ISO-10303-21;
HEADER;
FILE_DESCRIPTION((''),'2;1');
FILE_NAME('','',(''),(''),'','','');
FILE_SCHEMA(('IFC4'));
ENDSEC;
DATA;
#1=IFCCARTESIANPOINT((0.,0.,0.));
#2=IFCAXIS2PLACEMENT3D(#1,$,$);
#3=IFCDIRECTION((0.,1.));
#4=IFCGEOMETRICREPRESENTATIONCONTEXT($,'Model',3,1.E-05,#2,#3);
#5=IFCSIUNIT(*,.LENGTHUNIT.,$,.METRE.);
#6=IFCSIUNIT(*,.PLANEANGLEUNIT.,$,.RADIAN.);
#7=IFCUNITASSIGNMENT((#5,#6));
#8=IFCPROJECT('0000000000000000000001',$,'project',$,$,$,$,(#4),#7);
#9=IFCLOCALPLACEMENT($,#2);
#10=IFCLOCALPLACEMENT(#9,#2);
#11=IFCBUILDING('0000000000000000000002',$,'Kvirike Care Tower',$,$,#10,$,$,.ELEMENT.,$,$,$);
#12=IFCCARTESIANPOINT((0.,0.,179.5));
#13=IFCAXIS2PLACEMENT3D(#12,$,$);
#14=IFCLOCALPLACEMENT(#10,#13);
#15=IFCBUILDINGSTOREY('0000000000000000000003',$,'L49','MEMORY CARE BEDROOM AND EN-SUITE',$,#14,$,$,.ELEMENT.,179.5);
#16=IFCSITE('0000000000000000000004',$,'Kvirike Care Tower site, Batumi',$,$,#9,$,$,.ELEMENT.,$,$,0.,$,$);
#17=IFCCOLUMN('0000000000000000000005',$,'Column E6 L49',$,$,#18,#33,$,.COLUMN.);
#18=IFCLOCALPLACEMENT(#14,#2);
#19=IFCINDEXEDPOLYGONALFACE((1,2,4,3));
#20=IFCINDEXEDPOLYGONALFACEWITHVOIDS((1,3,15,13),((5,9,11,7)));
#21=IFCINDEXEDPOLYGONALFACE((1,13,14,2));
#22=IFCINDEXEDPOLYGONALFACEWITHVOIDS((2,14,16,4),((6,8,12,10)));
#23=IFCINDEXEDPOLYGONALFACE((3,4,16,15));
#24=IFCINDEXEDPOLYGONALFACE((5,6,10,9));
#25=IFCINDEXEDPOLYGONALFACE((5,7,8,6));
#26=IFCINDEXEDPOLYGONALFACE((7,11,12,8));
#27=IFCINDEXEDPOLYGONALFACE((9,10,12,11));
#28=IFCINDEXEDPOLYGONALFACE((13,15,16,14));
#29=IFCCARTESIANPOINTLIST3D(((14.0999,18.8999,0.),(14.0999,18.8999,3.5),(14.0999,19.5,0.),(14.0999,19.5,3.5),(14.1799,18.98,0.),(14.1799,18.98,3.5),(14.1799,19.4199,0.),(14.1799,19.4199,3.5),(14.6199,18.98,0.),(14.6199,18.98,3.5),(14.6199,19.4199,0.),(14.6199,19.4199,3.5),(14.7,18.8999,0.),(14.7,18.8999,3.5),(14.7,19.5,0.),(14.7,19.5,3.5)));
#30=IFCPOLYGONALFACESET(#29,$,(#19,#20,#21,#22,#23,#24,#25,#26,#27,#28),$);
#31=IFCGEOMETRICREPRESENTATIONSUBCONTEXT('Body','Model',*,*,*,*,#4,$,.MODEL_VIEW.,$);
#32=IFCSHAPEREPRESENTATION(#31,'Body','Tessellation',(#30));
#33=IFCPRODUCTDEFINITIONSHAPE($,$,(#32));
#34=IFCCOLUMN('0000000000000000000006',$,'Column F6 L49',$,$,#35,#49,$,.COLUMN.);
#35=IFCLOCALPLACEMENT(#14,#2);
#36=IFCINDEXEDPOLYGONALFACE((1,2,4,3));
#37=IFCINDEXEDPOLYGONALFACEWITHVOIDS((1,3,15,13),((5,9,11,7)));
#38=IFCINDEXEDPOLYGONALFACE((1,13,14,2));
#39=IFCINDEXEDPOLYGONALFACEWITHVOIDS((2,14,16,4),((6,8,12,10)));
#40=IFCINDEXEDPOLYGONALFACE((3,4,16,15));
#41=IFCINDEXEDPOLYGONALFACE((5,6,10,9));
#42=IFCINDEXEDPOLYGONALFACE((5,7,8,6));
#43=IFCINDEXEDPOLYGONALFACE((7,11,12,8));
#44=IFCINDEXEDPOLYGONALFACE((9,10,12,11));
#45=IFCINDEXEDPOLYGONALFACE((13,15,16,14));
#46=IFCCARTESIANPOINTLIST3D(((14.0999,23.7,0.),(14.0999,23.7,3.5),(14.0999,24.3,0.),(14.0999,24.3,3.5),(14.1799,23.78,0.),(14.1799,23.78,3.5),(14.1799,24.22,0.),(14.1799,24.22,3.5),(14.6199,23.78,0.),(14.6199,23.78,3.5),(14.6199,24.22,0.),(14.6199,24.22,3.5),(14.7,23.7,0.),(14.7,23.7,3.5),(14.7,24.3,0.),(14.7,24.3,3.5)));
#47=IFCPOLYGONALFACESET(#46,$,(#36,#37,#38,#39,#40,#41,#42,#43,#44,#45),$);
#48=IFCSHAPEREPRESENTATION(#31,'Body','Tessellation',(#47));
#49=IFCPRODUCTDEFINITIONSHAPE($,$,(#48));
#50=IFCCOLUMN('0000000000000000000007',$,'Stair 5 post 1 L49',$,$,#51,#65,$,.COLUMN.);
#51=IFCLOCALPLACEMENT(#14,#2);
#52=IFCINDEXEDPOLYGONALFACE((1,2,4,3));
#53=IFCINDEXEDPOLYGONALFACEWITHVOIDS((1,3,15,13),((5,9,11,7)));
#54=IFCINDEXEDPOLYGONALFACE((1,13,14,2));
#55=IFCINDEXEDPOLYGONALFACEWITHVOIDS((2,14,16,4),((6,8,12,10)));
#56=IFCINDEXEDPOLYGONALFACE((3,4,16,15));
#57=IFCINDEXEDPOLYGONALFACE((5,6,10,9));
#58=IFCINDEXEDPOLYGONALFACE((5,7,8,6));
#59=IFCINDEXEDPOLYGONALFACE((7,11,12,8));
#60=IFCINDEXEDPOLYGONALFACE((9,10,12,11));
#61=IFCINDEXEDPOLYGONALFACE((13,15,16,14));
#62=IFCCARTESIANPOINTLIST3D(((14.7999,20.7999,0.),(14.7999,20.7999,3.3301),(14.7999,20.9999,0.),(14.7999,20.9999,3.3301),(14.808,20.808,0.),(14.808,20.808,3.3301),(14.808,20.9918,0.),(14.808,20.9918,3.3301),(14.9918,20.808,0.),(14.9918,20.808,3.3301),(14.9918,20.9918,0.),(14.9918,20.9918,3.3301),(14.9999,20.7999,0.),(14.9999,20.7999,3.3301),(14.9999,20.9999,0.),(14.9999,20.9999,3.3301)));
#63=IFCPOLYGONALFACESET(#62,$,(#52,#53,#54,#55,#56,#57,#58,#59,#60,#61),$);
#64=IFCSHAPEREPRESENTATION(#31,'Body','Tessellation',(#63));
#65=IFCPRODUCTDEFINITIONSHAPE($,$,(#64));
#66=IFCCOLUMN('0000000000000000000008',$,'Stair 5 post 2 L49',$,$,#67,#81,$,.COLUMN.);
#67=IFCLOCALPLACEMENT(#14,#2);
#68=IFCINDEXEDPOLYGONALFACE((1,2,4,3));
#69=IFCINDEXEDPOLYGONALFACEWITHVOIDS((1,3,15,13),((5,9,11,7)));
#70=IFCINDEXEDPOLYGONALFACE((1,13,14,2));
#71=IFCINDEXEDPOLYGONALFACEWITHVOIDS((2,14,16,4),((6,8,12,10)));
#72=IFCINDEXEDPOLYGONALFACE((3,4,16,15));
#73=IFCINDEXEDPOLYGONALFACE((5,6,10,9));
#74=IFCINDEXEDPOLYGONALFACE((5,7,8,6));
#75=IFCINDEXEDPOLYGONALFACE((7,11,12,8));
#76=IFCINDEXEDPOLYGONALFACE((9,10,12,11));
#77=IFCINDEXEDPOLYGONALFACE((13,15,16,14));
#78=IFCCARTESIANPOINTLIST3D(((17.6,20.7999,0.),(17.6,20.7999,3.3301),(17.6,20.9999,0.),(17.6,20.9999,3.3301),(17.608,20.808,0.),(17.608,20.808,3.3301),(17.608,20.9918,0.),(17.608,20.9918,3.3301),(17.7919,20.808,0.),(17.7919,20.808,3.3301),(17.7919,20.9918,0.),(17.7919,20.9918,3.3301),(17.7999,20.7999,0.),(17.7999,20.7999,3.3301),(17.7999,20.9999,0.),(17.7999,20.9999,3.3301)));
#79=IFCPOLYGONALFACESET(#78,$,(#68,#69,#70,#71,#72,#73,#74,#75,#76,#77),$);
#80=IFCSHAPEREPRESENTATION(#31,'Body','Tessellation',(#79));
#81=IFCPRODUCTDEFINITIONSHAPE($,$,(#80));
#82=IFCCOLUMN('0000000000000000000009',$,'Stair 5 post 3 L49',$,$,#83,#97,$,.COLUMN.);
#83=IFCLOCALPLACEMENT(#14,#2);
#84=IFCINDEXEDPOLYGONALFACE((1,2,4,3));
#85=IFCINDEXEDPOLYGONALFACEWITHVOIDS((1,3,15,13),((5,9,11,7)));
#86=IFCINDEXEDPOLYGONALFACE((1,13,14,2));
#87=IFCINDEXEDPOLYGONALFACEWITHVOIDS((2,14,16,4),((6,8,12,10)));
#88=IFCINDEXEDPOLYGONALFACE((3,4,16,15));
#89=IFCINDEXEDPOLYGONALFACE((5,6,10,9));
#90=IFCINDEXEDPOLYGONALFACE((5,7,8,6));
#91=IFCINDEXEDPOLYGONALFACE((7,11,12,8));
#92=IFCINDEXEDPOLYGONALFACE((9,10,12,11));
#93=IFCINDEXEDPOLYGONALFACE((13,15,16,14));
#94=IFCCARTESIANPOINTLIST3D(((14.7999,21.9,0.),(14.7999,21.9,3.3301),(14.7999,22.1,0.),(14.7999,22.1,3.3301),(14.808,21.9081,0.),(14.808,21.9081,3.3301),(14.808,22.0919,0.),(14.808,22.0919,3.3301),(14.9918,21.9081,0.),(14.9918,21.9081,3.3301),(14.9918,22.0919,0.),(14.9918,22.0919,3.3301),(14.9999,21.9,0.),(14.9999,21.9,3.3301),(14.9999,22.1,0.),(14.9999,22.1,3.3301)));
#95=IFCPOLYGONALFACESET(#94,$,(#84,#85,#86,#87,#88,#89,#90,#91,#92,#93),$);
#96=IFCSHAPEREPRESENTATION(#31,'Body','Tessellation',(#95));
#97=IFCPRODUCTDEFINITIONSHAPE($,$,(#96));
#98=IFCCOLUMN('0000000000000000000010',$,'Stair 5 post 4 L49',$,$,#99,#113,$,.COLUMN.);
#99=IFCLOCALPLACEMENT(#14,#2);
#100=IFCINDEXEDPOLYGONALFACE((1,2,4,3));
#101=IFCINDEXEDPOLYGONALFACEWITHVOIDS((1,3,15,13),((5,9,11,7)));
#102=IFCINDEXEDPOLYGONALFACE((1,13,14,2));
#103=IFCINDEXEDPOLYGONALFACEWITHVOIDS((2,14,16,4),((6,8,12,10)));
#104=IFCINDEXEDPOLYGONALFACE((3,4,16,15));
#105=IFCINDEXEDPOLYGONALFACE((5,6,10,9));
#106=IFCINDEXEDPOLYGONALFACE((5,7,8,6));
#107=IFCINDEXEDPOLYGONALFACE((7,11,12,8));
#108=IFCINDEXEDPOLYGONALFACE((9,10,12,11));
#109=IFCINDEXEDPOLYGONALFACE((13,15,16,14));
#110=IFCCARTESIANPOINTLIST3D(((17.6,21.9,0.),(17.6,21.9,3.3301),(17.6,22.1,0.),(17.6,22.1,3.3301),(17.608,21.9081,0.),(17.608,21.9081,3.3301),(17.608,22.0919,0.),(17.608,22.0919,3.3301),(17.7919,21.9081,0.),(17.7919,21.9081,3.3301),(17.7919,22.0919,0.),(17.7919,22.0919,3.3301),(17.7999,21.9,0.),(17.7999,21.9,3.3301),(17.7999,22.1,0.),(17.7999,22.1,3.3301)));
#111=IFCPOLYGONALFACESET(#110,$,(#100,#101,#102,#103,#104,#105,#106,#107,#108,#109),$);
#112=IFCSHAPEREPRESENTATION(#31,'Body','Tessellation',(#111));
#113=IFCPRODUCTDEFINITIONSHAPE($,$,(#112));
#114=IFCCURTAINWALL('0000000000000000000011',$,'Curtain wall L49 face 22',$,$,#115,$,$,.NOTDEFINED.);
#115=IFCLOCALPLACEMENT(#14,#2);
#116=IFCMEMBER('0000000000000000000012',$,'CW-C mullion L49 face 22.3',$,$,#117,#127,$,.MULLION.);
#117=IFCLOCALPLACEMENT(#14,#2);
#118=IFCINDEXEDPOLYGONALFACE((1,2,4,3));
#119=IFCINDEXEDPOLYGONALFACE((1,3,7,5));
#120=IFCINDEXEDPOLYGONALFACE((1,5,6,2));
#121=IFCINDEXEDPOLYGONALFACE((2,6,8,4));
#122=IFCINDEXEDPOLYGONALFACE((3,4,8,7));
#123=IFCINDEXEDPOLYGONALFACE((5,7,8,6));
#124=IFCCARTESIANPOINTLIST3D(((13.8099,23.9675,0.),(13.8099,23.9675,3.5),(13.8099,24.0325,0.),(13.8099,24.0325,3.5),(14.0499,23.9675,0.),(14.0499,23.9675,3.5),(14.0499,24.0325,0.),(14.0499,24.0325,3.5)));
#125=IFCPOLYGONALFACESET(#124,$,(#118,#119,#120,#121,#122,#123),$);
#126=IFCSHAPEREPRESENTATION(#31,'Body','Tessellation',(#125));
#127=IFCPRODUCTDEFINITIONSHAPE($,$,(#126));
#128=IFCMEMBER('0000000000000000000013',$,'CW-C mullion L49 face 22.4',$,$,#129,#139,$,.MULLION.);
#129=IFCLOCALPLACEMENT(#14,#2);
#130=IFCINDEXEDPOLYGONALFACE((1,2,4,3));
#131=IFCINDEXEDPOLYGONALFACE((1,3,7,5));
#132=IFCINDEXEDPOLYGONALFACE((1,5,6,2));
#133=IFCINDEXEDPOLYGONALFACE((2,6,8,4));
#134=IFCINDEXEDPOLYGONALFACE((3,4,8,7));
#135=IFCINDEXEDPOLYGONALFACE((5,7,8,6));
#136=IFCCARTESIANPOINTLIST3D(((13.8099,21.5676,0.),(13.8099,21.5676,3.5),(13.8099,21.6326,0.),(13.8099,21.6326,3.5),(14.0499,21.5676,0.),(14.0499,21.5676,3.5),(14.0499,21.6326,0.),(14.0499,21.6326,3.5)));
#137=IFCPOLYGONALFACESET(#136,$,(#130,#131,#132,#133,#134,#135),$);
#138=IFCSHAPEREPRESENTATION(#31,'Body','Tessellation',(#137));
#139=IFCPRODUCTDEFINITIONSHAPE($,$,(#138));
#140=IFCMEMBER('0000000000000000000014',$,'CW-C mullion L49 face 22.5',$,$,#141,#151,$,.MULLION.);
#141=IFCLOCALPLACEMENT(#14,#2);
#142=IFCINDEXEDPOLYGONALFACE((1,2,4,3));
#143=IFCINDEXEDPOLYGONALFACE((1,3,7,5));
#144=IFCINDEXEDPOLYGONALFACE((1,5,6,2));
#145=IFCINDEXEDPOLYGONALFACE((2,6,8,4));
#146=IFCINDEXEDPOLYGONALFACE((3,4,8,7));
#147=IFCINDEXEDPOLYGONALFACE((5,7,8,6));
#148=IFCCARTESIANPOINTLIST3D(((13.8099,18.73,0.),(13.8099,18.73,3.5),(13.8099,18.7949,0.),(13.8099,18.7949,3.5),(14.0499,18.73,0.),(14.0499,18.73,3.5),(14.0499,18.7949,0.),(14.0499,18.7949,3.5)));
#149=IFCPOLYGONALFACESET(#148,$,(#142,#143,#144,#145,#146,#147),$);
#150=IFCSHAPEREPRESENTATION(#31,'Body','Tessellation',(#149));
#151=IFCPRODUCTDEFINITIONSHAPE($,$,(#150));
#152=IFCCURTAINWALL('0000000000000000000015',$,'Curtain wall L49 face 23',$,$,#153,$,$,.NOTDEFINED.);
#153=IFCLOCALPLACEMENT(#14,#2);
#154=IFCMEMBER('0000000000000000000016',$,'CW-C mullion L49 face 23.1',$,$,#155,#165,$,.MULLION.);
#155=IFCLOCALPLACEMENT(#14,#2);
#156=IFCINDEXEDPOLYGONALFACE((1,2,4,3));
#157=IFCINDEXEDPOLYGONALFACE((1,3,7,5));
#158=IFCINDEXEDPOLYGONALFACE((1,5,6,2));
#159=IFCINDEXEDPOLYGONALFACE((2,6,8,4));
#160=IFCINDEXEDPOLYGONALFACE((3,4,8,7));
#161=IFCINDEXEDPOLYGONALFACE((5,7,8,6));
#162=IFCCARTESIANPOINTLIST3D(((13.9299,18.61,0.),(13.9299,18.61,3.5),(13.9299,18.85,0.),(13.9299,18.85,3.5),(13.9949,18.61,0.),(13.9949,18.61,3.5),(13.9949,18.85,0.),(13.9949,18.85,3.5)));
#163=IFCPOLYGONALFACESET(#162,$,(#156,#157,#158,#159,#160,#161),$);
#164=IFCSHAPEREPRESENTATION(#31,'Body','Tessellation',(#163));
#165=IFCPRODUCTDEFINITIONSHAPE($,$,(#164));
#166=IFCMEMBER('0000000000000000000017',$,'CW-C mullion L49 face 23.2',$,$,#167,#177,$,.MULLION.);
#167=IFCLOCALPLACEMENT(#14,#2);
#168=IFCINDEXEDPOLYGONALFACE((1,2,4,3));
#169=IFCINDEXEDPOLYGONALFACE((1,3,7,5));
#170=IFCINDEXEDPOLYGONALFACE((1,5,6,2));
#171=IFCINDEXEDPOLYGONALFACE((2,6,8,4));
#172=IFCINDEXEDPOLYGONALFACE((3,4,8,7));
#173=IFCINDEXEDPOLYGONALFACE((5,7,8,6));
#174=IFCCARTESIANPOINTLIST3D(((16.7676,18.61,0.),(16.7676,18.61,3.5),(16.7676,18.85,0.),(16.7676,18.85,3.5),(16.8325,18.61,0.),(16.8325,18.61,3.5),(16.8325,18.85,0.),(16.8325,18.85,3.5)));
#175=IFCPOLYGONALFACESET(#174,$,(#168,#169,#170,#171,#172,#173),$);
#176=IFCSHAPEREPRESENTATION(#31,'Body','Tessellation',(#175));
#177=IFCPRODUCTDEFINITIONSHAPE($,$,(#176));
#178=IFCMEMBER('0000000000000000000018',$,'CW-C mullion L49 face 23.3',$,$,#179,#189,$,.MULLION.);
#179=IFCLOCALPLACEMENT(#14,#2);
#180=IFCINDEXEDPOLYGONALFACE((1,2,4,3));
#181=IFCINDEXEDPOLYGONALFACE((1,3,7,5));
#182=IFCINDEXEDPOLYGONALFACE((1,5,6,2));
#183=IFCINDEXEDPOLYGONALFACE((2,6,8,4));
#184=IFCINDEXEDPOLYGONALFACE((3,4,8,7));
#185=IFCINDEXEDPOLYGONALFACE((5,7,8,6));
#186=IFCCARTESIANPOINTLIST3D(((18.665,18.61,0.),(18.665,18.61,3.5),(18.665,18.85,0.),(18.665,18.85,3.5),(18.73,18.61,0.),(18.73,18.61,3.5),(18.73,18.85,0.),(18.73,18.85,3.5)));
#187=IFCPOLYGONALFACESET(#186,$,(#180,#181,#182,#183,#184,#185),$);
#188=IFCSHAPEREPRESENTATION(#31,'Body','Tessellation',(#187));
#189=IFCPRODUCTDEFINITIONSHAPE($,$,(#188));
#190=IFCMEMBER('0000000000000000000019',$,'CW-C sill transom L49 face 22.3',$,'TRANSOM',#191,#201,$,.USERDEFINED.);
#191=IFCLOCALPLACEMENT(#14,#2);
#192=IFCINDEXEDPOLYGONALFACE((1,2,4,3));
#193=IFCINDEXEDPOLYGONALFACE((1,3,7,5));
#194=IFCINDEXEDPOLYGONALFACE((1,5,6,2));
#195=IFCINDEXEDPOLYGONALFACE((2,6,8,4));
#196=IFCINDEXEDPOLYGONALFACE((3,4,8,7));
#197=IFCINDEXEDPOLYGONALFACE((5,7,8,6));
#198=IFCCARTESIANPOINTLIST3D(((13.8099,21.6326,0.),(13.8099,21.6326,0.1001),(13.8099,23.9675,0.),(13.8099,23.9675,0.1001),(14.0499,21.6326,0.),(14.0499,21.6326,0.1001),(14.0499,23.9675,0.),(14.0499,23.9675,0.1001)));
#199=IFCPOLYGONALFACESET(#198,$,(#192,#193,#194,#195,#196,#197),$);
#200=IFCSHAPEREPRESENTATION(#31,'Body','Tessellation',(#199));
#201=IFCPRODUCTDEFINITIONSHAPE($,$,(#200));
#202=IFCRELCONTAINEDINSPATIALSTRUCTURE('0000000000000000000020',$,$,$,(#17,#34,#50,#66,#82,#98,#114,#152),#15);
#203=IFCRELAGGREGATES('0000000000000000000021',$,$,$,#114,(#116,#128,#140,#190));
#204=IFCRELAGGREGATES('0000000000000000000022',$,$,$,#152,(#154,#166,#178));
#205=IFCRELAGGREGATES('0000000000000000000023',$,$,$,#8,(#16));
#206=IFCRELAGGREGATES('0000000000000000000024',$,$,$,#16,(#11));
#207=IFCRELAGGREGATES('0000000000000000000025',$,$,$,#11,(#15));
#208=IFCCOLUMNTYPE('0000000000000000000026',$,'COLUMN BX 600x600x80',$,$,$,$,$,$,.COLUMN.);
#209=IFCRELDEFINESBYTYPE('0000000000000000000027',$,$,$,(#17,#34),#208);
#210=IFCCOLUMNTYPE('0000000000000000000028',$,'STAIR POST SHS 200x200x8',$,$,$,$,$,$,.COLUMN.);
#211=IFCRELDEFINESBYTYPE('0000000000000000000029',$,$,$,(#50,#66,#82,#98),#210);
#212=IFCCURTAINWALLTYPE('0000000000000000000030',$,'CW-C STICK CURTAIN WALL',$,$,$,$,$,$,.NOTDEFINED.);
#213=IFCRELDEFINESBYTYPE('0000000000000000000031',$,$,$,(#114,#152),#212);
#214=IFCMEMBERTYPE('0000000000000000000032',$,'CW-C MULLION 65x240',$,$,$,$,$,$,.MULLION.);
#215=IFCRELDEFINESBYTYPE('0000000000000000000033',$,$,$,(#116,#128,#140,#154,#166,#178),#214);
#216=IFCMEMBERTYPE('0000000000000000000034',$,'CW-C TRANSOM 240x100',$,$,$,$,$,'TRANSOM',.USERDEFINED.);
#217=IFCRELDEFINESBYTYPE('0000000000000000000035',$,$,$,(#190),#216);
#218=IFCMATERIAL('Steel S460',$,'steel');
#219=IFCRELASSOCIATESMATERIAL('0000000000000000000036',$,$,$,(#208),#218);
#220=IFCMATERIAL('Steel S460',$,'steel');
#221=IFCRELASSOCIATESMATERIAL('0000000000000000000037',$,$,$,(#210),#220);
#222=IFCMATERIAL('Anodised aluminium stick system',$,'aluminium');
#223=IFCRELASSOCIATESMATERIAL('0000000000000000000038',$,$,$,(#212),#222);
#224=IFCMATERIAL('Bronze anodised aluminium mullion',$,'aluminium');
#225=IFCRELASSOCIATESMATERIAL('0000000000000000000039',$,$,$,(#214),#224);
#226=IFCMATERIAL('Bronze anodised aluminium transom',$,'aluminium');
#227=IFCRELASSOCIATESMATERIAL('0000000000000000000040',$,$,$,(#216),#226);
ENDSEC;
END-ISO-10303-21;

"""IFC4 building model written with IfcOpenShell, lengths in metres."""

from ifc_helpers import new_model, si_unit, direction, frame, origin, origin_2d, place, context, subcontext, project, spatial, rectangle, hollow_rectangle, extrude, material, material_profile, profile_set, type_object, element, aggregate, save


model = new_model("IFC4")

# Units and contexts
model_context = context("Model", 3, precision=1e-05, world=origin(), true_north=direction((0.0, 1.0)))
body_context = subcontext(model_context, "Body", "Model", "MODEL_VIEW")
ifc_project = project(units=[si_unit("LENGTHUNIT", "METRE"), si_unit("PLANEANGLEUNIT", "RADIAN")], contexts=[model_context])

# Site, building, storey
site_placement = place(None, origin())
site = spatial("IfcSite", under=ifc_project, at=site_placement, Name="Kvirike Care Tower site, Batumi", CompositionType="ELEMENT", RefElevation=0.0)
building_placement = place(site_placement, origin())
building = spatial("IfcBuilding", under=site, at=building_placement, Name="Kvirike Care Tower", CompositionType="ELEMENT")
storey_placement = place(building_placement, frame((0.0, 0.0, 179.5)))
storey = spatial("IfcBuildingStorey", under=building, at=storey_placement, Name="L49", Description="MEMORY CARE BEDROOM AND EN-SUITE", CompositionType="ELEMENT", Elevation=179.5)

# Columns
ifc_material_1 = material(Name="Steel S460", Category="steel")
ifc_material_profile_1 = material_profile(ifc_material_1, hollow_rectangle(XDim=0.6001, YDim=0.6001, WallThickness=0.0801, at=origin_2d()), Name="BX 600x600x80")
ifc_profile_set_1 = profile_set([ifc_material_profile_1], Name="Steel S460")
column_type_1 = type_object("IfcColumnType", Name="COLUMN BX 600x600x80", PredefinedType="COLUMN", material=ifc_profile_set_1)
for number, where, z_axis, x_axis, name in (
    (1, (14.3999, 19.2, 0.0), (0.0, 0.0, 1.0), (0.0, 1.0, 0.0), "Column E6 L49"),
    (2, (14.3999, 24.0, 0.0), (0.0, 0.0, 1.0), (1.0, 0.0, 0.0), "Column F6 L49"),
):
    element("IfcColumn", number, at=place(storey_placement, frame(where, z_axis=z_axis, x_axis=x_axis)), inside=storey, type_object=column_type_1, Name=name, PredefinedType="COLUMN", context=body_context, shape_type="SweptSolid", body=[
        extrude(hollow_rectangle(XDim=0.6001, YDim=0.6001, WallThickness=0.0801, at=origin_2d()), origin(), (0.0, 0.0, 1.0), 3.5),
    ])
ifc_material_2 = material(Name="Steel S460", Category="steel")
ifc_material_profile_2 = material_profile(ifc_material_2, hollow_rectangle(XDim=0.2, YDim=0.2, WallThickness=0.0081, at=origin_2d()), Name="SHS 200x200x8")
ifc_profile_set_2 = profile_set([ifc_material_profile_2], Name="Steel S460")
column_type_2 = type_object("IfcColumnType", Name="STAIR POST SHS 200x200x8", PredefinedType="COLUMN", material=ifc_profile_set_2)
for number, where, z_axis, x_axis, name in (
    (3, (14.8999, 20.8999, 0.0), (0.0, 0.0, 1.0), (1.0, 0.0, 0.0), "Stair 5 post 1 L49"),
    (4, (17.7, 20.8999, 0.0), (0.0, 0.0, 1.0), (1.0, 0.0, 0.0), "Stair 5 post 2 L49"),
    (5, (14.8999, 22.0, 0.0), (0.0, 0.0, 1.0), (1.0, 0.0, 0.0), "Stair 5 post 3 L49"),
    (6, (17.7, 22.0, 0.0), (0.0, 0.0, 1.0), (1.0, 0.0, 0.0), "Stair 5 post 4 L49"),
):
    element("IfcColumn", number, at=place(storey_placement, frame(where, z_axis=z_axis, x_axis=x_axis)), inside=storey, type_object=column_type_2, Name=name, PredefinedType="COLUMN", context=body_context, shape_type="SweptSolid", body=[
        extrude(hollow_rectangle(XDim=0.2, YDim=0.2, WallThickness=0.0081, at=origin_2d()), origin(), (0.0, 0.0, 1.0), 3.3301),
    ])

# Curtain walls, members
ifc_material_3 = material(Name="Anodised aluminium stick system", Category="aluminium")
curtain_wall_type = type_object("IfcCurtainWallType", Name="CW-C STICK CURTAIN WALL", PredefinedType="NOTDEFINED", material=ifc_material_3)
curtain_wall_1_placement = place(storey_placement, origin())
curtain_wall_1 = element("IfcCurtainWall", 7, at=curtain_wall_1_placement, inside=storey, type_object=curtain_wall_type, Name="Curtain wall L49 face 22", PredefinedType="NOTDEFINED")
ifc_material_4 = material(Name="Bronze anodised aluminium mullion", Category="aluminium")
ifc_material_profile_3 = material_profile(ifc_material_4, rectangle(XDim=0.0649, YDim=0.24, at=origin_2d()), Name="CW-C MULLION 65x240")
ifc_profile_set_3 = profile_set([ifc_material_profile_3], Name="Bronze anodised aluminium mullion")
member_type_1 = type_object("IfcMemberType", Name="CW-C MULLION 65x240", PredefinedType="MULLION", material=ifc_profile_set_3)
member_1_placement = place(storey_placement, frame((13.9299, 24.0, 0.0), z_axis=(0.0, 0.0, 1.0), x_axis=(0.0, -1.0, 0.0)))
member_1 = element("IfcMember", 8, at=member_1_placement, type_object=member_type_1, Name="CW-C mullion L49 face 22.3", PredefinedType="MULLION", context=body_context, shape_type="SweptSolid", body=[
    extrude(rectangle(XDim=0.0649, YDim=0.24, at=origin_2d()), origin(), (0.0, 0.0, 1.0), 3.5),
])
member_2_placement = place(storey_placement, frame((13.9299, 21.6001, 0.0), z_axis=(0.0, 0.0, 1.0), x_axis=(0.0, -1.0, 0.0)))
member_2 = element("IfcMember", 9, at=member_2_placement, type_object=member_type_1, Name="CW-C mullion L49 face 22.4", PredefinedType="MULLION", context=body_context, shape_type="SweptSolid", body=[
    extrude(rectangle(XDim=0.0649, YDim=0.24, at=origin_2d()), origin(), (0.0, 0.0, 1.0), 3.5),
])
member_3_placement = place(storey_placement, frame((13.9299, 18.7625, 0.0), z_axis=(0.0, 0.0, 1.0), x_axis=(0.0, -1.0, 0.0)))
member_3 = element("IfcMember", 10, at=member_3_placement, type_object=member_type_1, Name="CW-C mullion L49 face 22.5", PredefinedType="MULLION", context=body_context, shape_type="SweptSolid", body=[
    extrude(rectangle(XDim=0.0649, YDim=0.24, at=origin_2d()), origin(), (0.0, 0.0, 1.0), 3.5),
])
curtain_wall_2_placement = place(storey_placement, origin())
curtain_wall_2 = element("IfcCurtainWall", 11, at=curtain_wall_2_placement, inside=storey, type_object=curtain_wall_type, Name="Curtain wall L49 face 23", PredefinedType="NOTDEFINED")
member_4_placement = place(storey_placement, frame((13.9624, 18.73, 0.0), z_axis=(0.0, 0.0, 1.0), x_axis=(1.0, 0.0, 0.0)))
member_4 = element("IfcMember", 12, at=member_4_placement, type_object=member_type_1, Name="CW-C mullion L49 face 23.1", PredefinedType="MULLION", context=body_context, shape_type="SweptSolid", body=[
    extrude(rectangle(XDim=0.0649, YDim=0.24, at=origin_2d()), origin(), (0.0, 0.0, 1.0), 3.5),
])
member_5_placement = place(storey_placement, frame((16.8, 18.73, 0.0), z_axis=(0.0, 0.0, 1.0), x_axis=(1.0, 0.0, 0.0)))
member_5 = element("IfcMember", 13, at=member_5_placement, type_object=member_type_1, Name="CW-C mullion L49 face 23.2", PredefinedType="MULLION", context=body_context, shape_type="SweptSolid", body=[
    extrude(rectangle(XDim=0.0649, YDim=0.24, at=origin_2d()), origin(), (0.0, 0.0, 1.0), 3.5),
])
member_6_placement = place(storey_placement, frame((18.6975, 18.73, 0.0), z_axis=(0.0, 0.0, 1.0), x_axis=(1.0, 0.0, 0.0)))
member_6 = element("IfcMember", 14, at=member_6_placement, type_object=member_type_1, Name="CW-C mullion L49 face 23.3", PredefinedType="MULLION", context=body_context, shape_type="SweptSolid", body=[
    extrude(rectangle(XDim=0.0649, YDim=0.24, at=origin_2d()), origin(), (0.0, 0.0, 1.0), 3.5),
])

# Member
ifc_material_5 = material(Name="Bronze anodised aluminium transom", Category="aluminium")
ifc_material_profile_4 = material_profile(ifc_material_5, rectangle(XDim=0.24, YDim=0.1001, at=origin_2d()), Name="CW-C TRANSOM 240x100")
ifc_profile_set_4 = profile_set([ifc_material_profile_4], Name="Bronze anodised aluminium transom")
member_type_2 = type_object("IfcMemberType", Name="CW-C TRANSOM 240x100", ElementType="TRANSOM", PredefinedType="USERDEFINED", material=ifc_profile_set_4)
member_7_placement = place(storey_placement, frame((13.9299, 23.9675, 0.05), z_axis=(0.0, -1.0, 0.0), x_axis=(1.0, 0.0, 0.0)))
member_7 = element("IfcMember", 15, at=member_7_placement, type_object=member_type_2, Name="CW-C sill transom L49 face 22.3", ObjectType="TRANSOM", PredefinedType="USERDEFINED", context=body_context, shape_type="SweptSolid", body=[
    extrude(rectangle(XDim=0.24, YDim=0.1001, at=origin_2d()), origin(), (0.0, 0.0, 1.0), 2.335),
])

aggregate(curtain_wall_1, [member_1, member_2, member_3, member_7])
aggregate(curtain_wall_2, [member_4, member_5, member_6])

save(model, "model.ifc")
